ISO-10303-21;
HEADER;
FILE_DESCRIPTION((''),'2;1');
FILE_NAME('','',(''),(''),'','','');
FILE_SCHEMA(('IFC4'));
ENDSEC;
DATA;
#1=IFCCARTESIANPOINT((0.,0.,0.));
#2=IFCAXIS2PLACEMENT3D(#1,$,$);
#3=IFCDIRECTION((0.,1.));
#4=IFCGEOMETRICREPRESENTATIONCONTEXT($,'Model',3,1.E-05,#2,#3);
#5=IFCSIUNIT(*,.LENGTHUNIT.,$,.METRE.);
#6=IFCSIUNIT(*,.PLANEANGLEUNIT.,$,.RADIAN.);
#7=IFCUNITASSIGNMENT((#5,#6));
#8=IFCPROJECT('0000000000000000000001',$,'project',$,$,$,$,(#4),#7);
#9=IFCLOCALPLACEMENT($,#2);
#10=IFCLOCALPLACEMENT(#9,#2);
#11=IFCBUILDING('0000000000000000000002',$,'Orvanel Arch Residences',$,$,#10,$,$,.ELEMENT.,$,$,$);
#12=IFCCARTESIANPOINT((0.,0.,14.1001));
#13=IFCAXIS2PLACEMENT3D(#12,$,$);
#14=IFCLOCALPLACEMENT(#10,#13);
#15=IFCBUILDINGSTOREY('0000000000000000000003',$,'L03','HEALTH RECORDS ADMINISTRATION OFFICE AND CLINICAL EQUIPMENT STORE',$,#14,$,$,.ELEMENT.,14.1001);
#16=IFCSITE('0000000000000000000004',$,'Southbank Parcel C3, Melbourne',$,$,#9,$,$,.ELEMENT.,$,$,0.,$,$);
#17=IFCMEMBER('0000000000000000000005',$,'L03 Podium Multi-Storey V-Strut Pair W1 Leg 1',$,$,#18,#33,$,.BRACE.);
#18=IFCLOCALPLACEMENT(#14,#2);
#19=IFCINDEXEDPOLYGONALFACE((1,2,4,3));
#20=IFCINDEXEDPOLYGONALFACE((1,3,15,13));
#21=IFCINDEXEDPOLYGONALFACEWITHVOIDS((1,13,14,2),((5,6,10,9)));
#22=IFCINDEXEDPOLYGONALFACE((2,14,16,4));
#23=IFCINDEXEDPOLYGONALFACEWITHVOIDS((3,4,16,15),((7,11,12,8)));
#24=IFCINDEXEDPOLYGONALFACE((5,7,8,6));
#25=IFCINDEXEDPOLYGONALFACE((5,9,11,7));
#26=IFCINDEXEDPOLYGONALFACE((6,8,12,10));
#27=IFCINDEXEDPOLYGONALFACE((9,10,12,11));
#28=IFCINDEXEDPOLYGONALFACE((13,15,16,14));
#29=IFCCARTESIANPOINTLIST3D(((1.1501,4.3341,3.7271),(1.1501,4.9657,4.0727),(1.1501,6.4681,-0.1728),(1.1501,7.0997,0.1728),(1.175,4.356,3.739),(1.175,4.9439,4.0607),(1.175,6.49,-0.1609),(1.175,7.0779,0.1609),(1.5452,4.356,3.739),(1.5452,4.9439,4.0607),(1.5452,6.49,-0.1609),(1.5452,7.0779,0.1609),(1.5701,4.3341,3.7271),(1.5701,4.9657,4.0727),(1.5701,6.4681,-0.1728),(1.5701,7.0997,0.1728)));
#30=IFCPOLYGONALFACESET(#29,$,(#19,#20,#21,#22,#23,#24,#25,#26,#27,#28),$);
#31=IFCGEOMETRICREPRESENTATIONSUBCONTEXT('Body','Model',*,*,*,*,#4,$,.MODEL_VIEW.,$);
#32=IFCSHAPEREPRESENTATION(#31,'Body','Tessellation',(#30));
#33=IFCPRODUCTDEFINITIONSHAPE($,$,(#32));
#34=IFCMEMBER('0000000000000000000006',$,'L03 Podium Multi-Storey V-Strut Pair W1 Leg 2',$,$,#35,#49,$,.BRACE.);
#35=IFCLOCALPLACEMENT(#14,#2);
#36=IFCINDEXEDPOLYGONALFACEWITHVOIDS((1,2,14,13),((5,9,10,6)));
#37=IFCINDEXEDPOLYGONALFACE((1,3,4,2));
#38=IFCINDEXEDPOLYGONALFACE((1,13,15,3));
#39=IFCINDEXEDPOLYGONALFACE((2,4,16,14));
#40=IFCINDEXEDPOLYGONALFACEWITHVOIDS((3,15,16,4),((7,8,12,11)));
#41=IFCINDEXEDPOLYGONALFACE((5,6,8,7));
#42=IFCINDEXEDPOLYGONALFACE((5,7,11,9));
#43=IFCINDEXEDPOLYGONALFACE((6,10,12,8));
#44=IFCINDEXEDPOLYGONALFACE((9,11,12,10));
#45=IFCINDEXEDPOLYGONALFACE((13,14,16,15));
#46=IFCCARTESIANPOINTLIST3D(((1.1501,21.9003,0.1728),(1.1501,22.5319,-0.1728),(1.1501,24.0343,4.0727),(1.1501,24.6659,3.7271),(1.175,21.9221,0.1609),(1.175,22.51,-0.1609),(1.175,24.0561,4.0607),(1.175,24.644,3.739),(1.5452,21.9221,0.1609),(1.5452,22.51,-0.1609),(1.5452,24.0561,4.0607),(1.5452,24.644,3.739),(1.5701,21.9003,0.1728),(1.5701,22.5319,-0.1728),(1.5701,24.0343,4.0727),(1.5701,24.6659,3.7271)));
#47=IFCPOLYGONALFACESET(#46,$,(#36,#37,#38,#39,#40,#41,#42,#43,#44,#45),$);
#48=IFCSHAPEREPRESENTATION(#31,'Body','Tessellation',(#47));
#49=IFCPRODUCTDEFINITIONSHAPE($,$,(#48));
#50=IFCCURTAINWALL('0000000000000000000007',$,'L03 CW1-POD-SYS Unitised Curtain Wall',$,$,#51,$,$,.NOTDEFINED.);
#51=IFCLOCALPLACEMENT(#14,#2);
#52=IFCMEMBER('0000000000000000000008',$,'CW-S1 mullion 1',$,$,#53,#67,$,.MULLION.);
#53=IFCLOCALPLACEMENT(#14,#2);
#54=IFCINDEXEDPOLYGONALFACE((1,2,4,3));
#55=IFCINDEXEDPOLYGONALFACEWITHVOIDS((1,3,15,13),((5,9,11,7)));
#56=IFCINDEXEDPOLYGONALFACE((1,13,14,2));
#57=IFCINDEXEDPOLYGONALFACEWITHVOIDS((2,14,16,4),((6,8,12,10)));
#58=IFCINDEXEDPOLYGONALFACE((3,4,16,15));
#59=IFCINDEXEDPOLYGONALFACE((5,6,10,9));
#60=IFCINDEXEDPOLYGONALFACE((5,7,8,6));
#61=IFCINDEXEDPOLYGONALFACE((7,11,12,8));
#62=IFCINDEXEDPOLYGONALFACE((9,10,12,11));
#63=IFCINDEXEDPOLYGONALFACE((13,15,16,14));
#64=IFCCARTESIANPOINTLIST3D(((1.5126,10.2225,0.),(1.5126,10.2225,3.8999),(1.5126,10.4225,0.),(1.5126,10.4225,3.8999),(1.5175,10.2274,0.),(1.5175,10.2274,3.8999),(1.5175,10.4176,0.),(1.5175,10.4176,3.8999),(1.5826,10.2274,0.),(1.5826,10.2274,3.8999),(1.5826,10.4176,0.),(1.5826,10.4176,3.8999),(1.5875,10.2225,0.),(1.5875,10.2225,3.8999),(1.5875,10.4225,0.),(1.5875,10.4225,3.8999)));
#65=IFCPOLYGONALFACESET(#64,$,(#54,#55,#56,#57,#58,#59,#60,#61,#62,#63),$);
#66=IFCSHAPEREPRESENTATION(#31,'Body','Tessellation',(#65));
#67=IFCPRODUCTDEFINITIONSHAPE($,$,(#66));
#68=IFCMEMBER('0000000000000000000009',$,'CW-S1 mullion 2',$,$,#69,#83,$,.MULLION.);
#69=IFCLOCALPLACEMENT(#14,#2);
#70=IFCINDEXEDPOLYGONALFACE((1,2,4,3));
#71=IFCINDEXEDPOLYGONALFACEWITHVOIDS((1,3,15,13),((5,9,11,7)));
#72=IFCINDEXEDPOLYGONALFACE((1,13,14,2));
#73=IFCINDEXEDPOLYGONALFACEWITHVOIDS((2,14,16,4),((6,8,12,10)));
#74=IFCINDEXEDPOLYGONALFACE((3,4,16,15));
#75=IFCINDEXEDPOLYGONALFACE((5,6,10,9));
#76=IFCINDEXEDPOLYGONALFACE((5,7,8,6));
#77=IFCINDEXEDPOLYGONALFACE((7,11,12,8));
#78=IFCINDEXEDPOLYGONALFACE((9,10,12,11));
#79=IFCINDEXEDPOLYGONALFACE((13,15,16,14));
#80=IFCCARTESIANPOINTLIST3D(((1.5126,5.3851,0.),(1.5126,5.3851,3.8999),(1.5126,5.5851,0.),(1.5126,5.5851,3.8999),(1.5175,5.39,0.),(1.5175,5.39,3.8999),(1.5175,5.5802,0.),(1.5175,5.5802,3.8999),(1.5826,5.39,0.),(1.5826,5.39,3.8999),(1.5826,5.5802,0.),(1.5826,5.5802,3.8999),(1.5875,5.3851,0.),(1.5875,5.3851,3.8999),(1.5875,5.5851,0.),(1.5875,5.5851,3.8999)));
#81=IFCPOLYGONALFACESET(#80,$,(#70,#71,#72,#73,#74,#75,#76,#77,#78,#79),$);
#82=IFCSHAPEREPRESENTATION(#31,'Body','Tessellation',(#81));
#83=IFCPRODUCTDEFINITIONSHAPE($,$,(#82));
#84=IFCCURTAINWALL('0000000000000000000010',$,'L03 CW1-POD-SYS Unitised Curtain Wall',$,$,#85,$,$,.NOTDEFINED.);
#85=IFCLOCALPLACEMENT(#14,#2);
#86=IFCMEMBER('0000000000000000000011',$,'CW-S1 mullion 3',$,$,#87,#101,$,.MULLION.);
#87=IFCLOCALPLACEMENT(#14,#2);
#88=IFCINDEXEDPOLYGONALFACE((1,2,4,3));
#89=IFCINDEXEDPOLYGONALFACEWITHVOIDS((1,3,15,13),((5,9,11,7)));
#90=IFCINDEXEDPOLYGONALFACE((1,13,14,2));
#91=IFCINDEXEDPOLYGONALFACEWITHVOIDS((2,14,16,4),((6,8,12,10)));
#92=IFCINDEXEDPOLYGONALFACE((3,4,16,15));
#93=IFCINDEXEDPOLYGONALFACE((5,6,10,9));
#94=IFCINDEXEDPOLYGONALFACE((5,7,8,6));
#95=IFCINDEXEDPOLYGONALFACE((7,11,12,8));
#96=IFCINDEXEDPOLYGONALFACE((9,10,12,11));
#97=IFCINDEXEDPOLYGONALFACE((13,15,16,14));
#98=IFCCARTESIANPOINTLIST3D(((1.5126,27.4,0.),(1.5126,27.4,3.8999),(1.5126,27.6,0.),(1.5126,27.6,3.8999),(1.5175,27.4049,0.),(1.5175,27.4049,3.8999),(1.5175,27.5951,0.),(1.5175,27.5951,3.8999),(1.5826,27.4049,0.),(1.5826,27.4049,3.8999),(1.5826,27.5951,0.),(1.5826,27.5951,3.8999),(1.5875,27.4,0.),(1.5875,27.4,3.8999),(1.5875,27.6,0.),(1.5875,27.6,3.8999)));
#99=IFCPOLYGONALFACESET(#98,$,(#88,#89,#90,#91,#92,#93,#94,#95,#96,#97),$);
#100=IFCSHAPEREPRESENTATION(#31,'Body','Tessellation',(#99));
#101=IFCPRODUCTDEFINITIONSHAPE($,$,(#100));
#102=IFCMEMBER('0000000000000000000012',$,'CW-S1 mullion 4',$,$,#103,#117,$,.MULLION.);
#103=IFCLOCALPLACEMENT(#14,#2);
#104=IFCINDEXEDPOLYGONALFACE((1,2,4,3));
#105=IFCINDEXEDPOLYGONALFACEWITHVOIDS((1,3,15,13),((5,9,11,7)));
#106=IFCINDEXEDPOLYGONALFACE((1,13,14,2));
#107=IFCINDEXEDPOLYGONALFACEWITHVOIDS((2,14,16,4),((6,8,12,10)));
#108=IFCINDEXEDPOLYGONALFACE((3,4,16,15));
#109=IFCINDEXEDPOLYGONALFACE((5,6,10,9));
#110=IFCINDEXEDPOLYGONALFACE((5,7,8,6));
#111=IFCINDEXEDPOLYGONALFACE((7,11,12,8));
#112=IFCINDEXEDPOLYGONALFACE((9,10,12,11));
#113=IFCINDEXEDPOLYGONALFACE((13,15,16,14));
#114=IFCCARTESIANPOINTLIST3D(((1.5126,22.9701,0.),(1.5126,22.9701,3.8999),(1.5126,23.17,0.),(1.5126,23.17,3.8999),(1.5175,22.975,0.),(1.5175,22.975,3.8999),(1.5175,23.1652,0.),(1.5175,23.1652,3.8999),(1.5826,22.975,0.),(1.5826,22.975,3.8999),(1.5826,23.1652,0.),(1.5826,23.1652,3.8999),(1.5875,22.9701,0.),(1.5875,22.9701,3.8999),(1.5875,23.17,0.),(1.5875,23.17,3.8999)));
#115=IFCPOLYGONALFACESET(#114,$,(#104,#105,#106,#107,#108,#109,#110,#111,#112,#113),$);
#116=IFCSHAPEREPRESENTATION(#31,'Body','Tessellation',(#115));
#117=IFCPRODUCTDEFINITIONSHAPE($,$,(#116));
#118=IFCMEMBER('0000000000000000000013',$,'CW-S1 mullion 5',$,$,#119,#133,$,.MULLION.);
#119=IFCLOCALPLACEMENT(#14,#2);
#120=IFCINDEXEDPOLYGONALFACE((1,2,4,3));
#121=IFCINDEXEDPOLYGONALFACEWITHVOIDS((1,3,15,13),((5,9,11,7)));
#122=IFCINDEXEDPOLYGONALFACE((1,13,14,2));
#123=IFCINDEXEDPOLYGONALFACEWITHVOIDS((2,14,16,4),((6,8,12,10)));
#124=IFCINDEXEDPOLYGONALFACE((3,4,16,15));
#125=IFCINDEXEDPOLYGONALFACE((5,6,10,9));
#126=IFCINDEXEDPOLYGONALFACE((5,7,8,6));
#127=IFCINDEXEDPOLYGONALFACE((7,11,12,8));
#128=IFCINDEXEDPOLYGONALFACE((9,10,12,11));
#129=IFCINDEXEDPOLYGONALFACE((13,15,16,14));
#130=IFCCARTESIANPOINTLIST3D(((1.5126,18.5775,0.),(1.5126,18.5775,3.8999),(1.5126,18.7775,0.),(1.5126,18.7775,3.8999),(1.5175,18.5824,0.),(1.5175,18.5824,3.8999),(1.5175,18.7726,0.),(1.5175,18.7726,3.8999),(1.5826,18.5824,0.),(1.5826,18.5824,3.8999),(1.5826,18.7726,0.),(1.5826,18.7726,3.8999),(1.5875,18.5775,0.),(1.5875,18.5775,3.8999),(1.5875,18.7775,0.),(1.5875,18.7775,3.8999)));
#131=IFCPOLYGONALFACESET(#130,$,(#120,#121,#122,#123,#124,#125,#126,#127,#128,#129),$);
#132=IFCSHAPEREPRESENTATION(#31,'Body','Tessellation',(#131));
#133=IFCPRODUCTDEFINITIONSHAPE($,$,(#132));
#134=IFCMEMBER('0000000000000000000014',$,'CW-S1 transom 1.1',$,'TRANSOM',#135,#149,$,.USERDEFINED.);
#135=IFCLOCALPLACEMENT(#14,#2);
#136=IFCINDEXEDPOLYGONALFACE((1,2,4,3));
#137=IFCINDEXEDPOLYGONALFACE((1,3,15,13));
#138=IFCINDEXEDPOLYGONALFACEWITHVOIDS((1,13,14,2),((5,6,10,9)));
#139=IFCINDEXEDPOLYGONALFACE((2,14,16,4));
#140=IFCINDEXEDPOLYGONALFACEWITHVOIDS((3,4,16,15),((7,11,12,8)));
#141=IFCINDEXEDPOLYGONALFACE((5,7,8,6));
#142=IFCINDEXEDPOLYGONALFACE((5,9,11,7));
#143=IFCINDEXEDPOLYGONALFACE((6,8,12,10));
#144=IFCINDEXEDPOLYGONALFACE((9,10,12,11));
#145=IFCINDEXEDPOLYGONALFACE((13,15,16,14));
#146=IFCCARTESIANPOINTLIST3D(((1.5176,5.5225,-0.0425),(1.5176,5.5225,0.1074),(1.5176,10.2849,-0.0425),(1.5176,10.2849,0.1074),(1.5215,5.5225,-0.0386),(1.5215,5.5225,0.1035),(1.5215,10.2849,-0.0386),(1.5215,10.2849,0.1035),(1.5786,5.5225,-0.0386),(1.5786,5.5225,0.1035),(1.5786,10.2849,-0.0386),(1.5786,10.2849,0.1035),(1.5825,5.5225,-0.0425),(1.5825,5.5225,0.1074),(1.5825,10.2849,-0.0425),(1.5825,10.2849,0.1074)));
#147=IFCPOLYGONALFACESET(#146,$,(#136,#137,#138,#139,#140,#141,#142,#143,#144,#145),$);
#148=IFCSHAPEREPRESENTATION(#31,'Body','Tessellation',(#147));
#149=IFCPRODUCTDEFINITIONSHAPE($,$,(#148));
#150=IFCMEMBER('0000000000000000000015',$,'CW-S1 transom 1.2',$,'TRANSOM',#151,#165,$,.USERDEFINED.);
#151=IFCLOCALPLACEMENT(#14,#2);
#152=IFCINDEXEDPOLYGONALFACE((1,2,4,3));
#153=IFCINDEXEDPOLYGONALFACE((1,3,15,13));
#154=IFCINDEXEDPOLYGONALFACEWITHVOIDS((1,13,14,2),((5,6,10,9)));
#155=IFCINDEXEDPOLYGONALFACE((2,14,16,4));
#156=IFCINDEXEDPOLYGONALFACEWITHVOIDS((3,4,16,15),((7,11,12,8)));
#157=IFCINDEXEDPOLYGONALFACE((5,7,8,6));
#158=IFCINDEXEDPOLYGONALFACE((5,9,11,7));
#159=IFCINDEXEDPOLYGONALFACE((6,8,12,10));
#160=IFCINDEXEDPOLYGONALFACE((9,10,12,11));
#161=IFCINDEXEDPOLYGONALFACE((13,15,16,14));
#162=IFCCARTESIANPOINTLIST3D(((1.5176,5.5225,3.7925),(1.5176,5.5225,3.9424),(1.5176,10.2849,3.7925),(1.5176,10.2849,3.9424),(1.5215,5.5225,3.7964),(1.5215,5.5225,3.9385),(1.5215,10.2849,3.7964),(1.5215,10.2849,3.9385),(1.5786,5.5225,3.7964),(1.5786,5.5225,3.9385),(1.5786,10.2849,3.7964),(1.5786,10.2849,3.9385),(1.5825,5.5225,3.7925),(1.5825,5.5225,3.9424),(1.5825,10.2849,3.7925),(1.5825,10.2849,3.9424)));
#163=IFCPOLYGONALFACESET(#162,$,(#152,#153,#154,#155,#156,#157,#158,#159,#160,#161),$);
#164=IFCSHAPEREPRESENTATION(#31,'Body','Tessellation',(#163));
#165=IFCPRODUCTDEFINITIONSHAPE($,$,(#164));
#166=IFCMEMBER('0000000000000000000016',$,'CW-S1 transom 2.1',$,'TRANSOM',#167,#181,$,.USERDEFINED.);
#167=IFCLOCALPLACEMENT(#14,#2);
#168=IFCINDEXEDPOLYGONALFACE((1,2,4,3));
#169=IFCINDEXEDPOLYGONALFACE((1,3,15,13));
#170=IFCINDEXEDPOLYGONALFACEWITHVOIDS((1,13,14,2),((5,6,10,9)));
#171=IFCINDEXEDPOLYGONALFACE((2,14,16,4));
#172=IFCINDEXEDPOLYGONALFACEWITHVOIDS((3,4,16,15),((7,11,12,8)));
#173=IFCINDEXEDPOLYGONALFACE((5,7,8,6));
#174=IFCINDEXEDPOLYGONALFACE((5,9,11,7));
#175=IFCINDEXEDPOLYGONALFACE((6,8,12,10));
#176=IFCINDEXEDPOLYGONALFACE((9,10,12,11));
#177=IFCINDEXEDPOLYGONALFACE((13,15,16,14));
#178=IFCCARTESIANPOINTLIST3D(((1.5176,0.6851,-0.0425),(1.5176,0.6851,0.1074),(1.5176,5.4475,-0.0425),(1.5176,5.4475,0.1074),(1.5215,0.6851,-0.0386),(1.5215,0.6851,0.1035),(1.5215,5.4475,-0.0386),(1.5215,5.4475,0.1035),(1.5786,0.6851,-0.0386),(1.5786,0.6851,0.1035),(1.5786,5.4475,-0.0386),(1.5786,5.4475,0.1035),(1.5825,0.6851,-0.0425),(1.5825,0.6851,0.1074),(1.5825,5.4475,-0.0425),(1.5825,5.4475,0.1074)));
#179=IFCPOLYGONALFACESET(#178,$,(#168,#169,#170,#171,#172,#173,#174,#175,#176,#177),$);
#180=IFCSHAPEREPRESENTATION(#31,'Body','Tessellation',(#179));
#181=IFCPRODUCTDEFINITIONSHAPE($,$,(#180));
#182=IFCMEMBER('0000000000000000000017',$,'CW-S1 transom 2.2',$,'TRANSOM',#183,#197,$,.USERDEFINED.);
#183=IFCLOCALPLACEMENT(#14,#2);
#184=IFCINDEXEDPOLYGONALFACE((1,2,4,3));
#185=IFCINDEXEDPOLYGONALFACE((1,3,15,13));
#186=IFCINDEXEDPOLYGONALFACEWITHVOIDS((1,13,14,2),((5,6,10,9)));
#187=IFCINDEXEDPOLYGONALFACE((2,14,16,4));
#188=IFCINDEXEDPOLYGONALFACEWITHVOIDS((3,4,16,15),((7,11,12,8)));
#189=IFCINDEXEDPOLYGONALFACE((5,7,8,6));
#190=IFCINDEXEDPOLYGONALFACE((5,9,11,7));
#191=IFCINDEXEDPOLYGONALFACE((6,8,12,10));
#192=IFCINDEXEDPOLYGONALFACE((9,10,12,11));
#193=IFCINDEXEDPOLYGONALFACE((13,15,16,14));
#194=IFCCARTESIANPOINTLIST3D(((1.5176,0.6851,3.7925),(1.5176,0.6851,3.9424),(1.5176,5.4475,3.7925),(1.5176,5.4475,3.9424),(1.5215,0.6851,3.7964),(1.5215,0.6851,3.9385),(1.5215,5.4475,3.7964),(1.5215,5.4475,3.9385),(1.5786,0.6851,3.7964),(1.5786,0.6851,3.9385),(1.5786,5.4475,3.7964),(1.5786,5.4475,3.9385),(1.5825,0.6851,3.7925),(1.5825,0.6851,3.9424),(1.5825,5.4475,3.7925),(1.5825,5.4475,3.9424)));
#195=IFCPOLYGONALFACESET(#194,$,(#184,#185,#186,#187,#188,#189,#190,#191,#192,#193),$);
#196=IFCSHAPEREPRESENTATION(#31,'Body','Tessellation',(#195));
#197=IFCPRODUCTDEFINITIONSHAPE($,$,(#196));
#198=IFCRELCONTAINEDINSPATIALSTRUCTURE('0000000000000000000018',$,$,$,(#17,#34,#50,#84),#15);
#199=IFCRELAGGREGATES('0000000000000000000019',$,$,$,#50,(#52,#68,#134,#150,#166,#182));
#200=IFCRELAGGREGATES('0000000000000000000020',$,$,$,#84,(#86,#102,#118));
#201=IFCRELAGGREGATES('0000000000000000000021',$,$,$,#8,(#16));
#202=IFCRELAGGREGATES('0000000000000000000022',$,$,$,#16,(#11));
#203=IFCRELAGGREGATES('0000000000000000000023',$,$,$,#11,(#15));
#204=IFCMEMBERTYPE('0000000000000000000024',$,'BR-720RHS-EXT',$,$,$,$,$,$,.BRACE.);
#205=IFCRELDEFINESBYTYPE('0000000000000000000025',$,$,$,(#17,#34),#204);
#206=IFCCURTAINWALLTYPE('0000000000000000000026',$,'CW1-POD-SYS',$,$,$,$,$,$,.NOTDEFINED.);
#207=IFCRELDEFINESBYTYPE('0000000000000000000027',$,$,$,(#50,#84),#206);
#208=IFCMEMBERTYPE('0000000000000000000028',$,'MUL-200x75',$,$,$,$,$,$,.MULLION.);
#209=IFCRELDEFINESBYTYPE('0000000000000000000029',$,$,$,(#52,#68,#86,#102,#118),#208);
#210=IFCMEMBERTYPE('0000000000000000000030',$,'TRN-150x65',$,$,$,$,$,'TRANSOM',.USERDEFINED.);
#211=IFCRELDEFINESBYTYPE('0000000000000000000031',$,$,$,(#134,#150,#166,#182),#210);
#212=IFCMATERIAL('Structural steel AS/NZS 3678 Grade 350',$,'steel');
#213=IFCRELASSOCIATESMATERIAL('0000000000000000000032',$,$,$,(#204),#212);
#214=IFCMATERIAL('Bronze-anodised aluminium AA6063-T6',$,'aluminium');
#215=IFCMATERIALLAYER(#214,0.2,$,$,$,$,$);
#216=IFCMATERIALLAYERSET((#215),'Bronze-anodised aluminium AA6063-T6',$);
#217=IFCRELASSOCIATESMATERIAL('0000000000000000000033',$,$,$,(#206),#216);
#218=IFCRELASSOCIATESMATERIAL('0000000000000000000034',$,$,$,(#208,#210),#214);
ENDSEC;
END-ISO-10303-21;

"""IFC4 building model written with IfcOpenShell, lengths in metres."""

from ifc_helpers import new_model, si_unit, direction, frame, origin, origin_2d, place, context, subcontext, project, spatial, hollow_rectangle, extrude, material, layer, layer_set, material_profile, profile_set, type_object, element, aggregate, save


model = new_model("IFC4")

# Units and contexts
model_context = context("Model", 3, precision=1e-05, world=origin(), true_north=direction((0.0, 1.0)))
body_context = subcontext(model_context, "Body", "Model", "MODEL_VIEW")
ifc_project = project(units=[si_unit("LENGTHUNIT", "METRE"), si_unit("PLANEANGLEUNIT", "RADIAN")], contexts=[model_context])

# Site, building, storey
site_placement = place(None, origin())
site = spatial("IfcSite", under=ifc_project, at=site_placement, Name="Southbank Parcel C3, Melbourne", CompositionType="ELEMENT", RefElevation=0.0)
building_placement = place(site_placement, origin())
building = spatial("IfcBuilding", under=site, at=building_placement, Name="Orvanel Arch Residences", CompositionType="ELEMENT")
storey_placement = place(building_placement, frame((0.0, 0.0, 14.1001)))
storey = spatial("IfcBuildingStorey", under=building, at=storey_placement, Name="L03", Description="HEALTH RECORDS ADMINISTRATION OFFICE AND CLINICAL EQUIPMENT STORE", CompositionType="ELEMENT", Elevation=14.1001)

# Members
ifc_material_1 = material(Name="Structural steel AS/NZS 3678 Grade 350", Category="steel")
ifc_material_profile_1 = material_profile(ifc_material_1, hollow_rectangle(XDim=0.4199, YDim=0.72, WallThickness=0.0249, at=origin_2d()), Name="RHS720x420x25")
ifc_profile_set_1 = profile_set([ifc_material_profile_1], Name="Structural steel AS/NZS 3678 Grade 350")
member_type_1 = type_object("IfcMemberType", Name="BR-720RHS-EXT", PredefinedType="BRACE", material=ifc_profile_set_1)
for number, where, z_axis, x_axis, name in (
    (1, (1.3601, 6.7839, 0.0), (0.0, -0.480033, 0.87725), (1.0, 0.0, 0.0), "L03 Podium Multi-Storey V-Strut Pair W1 Leg 1"),
    (2, (1.3601, 22.2161, 0.0), (0.0, 0.480033, 0.87725), (-1.0, 0.0, 0.0), "L03 Podium Multi-Storey V-Strut Pair W1 Leg 2"),
):
    element("IfcMember", number, at=place(storey_placement, frame(where, z_axis=z_axis, x_axis=x_axis)), inside=storey, type_object=member_type_1, Name=name, PredefinedType="BRACE", context=body_context, shape_type="SweptSolid", body=[
        extrude(hollow_rectangle(XDim=0.4199, YDim=0.72, WallThickness=0.0249, at=origin_2d()), origin(), (0.0, 0.0, 1.0), 4.4456),
    ])

# Curtain walls, members
ifc_material_2 = material(Name="Bronze-anodised aluminium AA6063-T6", Category="aluminium")
ifc_layer_1 = layer(ifc_material_2, 0.2)
ifc_layer_set_1 = layer_set([ifc_layer_1], Name="Bronze-anodised aluminium AA6063-T6")
curtain_wall_type = type_object("IfcCurtainWallType", Name="CW1-POD-SYS", PredefinedType="NOTDEFINED", material=ifc_layer_set_1)
curtain_wall_1_placement = place(storey_placement, origin())
curtain_wall_1 = element("IfcCurtainWall", 3, at=curtain_wall_1_placement, inside=storey, type_object=curtain_wall_type, Name="L03 CW1-POD-SYS Unitised Curtain Wall", PredefinedType="NOTDEFINED")
ifc_material_profile_2 = material_profile(ifc_material_2, hollow_rectangle(XDim=0.075, YDim=0.2, WallThickness=0.0049, at=origin_2d()), Name="ALU200x75x5")
ifc_profile_set_2 = profile_set([ifc_material_profile_2], Name="Bronze-anodised aluminium AA6063-T6")
member_type_2 = type_object("IfcMemberType", Name="MUL-200x75", PredefinedType="MULLION", material=ifc_profile_set_2)
member_1_placement = place(storey_placement, frame((1.55, 10.3225, 0.0), z_axis=(0.0, 0.0, 1.0), x_axis=(1.0, 0.0, 0.0)))
member_1 = element("IfcMember", 4, at=member_1_placement, type_object=member_type_2, Name="CW-S1 mullion 1", PredefinedType="MULLION", context=body_context, shape_type="SweptSolid", body=[
    extrude(hollow_rectangle(XDim=0.075, YDim=0.2, WallThickness=0.0049, at=origin_2d()), origin(), (0.0, 0.0, 1.0), 3.8999),
])
member_2_placement = place(storey_placement, frame((1.55, 5.4851, 0.0), z_axis=(0.0, 0.0, 1.0), x_axis=(1.0, 0.0, 0.0)))
member_2 = element("IfcMember", 5, at=member_2_placement, type_object=member_type_2, Name="CW-S1 mullion 2", PredefinedType="MULLION", context=body_context, shape_type="SweptSolid", body=[
    extrude(hollow_rectangle(XDim=0.075, YDim=0.2, WallThickness=0.0049, at=origin_2d()), origin(), (0.0, 0.0, 1.0), 3.8999),
])
curtain_wall_2_placement = place(storey_placement, origin())
curtain_wall_2 = element("IfcCurtainWall", 6, at=curtain_wall_2_placement, inside=storey, type_object=curtain_wall_type, Name="L03 CW1-POD-SYS Unitised Curtain Wall", PredefinedType="NOTDEFINED")
member_3_placement = place(storey_placement, frame((1.55, 27.5, 0.0), z_axis=(0.0, 0.0, 1.0), x_axis=(1.0, 0.0, 0.0)))
member_3 = element("IfcMember", 7, at=member_3_placement, type_object=member_type_2, Name="CW-S1 mullion 3", PredefinedType="MULLION", context=body_context, shape_type="SweptSolid", body=[
    extrude(hollow_rectangle(XDim=0.075, YDim=0.2, WallThickness=0.0049, at=origin_2d()), origin(), (0.0, 0.0, 1.0), 3.8999),
])
member_4_placement = place(storey_placement, frame((1.55, 23.0701, 0.0), z_axis=(0.0, 0.0, 1.0), x_axis=(1.0, 0.0, 0.0)))
member_4 = element("IfcMember", 8, at=member_4_placement, type_object=member_type_2, Name="CW-S1 mullion 4", PredefinedType="MULLION", context=body_context, shape_type="SweptSolid", body=[
    extrude(hollow_rectangle(XDim=0.075, YDim=0.2, WallThickness=0.0049, at=origin_2d()), origin(), (0.0, 0.0, 1.0), 3.8999),
])
member_5_placement = place(storey_placement, frame((1.55, 18.6775, 0.0), z_axis=(0.0, 0.0, 1.0), x_axis=(1.0, 0.0, 0.0)))
member_5 = element("IfcMember", 9, at=member_5_placement, type_object=member_type_2, Name="CW-S1 mullion 5", PredefinedType="MULLION", context=body_context, shape_type="SweptSolid", body=[
    extrude(hollow_rectangle(XDim=0.075, YDim=0.2, WallThickness=0.0049, at=origin_2d()), origin(), (0.0, 0.0, 1.0), 3.8999),
])

# Members
ifc_material_profile_3 = material_profile(ifc_material_2, hollow_rectangle(XDim=0.0649, YDim=0.1499, WallThickness=0.0039, at=origin_2d()), Name="ALU150x65x4")
ifc_profile_set_3 = profile_set([ifc_material_profile_3], Name="Bronze-anodised aluminium AA6063-T6")
member_type_3 = type_object("IfcMemberType", Name="TRN-150x65", ElementType="TRANSOM", PredefinedType="USERDEFINED", material=ifc_profile_set_3)
member_6_placement = place(storey_placement, frame((1.55, 10.2849, 0.0325), z_axis=(0.0, -1.0, 0.0), x_axis=(1.0, 0.0, 0.0)))
member_6 = element("IfcMember", 10, at=member_6_placement, type_object=member_type_3, Name="CW-S1 transom 1.1", ObjectType="TRANSOM", PredefinedType="USERDEFINED", context=body_context, shape_type="SweptSolid", body=[
    extrude(hollow_rectangle(XDim=0.0649, YDim=0.1499, WallThickness=0.0039, at=origin_2d()), origin(), (0.0, 0.0, 1.0), 4.7625),
])
member_7_placement = place(storey_placement, frame((1.55, 10.2849, 3.8674), z_axis=(0.0, -1.0, 0.0), x_axis=(1.0, 0.0, 0.0)))
member_7 = element("IfcMember", 11, at=member_7_placement, type_object=member_type_3, Name="CW-S1 transom 1.2", ObjectType="TRANSOM", PredefinedType="USERDEFINED", context=body_context, shape_type="SweptSolid", body=[
    extrude(hollow_rectangle(XDim=0.0649, YDim=0.1499, WallThickness=0.0039, at=origin_2d()), origin(), (0.0, 0.0, 1.0), 4.7625),
])
member_8_placement = place(storey_placement, frame((1.55, 5.4475, 0.0325), z_axis=(0.0, -1.0, 0.0), x_axis=(1.0, 0.0, 0.0)))
member_8 = element("IfcMember", 12, at=member_8_placement, type_object=member_type_3, Name="CW-S1 transom 2.1", ObjectType="TRANSOM", PredefinedType="USERDEFINED", context=body_context, shape_type="SweptSolid", body=[
    extrude(hollow_rectangle(XDim=0.0649, YDim=0.1499, WallThickness=0.0039, at=origin_2d()), origin(), (0.0, 0.0, 1.0), 4.7625),
])
member_9_placement = place(storey_placement, frame((1.55, 5.4475, 3.8674), z_axis=(0.0, -1.0, 0.0), x_axis=(1.0, 0.0, 0.0)))
member_9 = element("IfcMember", 13, at=member_9_placement, type_object=member_type_3, Name="CW-S1 transom 2.2", ObjectType="TRANSOM", PredefinedType="USERDEFINED", context=body_context, shape_type="SweptSolid", body=[
    extrude(hollow_rectangle(XDim=0.0649, YDim=0.1499, WallThickness=0.0039, at=origin_2d()), origin(), (0.0, 0.0, 1.0), 4.7625),
])

aggregate(curtain_wall_1, [member_1, member_2, member_6, member_7, member_8, member_9])
aggregate(curtain_wall_2, [member_3, member_4, member_5])

save(model, "model.ifc")
